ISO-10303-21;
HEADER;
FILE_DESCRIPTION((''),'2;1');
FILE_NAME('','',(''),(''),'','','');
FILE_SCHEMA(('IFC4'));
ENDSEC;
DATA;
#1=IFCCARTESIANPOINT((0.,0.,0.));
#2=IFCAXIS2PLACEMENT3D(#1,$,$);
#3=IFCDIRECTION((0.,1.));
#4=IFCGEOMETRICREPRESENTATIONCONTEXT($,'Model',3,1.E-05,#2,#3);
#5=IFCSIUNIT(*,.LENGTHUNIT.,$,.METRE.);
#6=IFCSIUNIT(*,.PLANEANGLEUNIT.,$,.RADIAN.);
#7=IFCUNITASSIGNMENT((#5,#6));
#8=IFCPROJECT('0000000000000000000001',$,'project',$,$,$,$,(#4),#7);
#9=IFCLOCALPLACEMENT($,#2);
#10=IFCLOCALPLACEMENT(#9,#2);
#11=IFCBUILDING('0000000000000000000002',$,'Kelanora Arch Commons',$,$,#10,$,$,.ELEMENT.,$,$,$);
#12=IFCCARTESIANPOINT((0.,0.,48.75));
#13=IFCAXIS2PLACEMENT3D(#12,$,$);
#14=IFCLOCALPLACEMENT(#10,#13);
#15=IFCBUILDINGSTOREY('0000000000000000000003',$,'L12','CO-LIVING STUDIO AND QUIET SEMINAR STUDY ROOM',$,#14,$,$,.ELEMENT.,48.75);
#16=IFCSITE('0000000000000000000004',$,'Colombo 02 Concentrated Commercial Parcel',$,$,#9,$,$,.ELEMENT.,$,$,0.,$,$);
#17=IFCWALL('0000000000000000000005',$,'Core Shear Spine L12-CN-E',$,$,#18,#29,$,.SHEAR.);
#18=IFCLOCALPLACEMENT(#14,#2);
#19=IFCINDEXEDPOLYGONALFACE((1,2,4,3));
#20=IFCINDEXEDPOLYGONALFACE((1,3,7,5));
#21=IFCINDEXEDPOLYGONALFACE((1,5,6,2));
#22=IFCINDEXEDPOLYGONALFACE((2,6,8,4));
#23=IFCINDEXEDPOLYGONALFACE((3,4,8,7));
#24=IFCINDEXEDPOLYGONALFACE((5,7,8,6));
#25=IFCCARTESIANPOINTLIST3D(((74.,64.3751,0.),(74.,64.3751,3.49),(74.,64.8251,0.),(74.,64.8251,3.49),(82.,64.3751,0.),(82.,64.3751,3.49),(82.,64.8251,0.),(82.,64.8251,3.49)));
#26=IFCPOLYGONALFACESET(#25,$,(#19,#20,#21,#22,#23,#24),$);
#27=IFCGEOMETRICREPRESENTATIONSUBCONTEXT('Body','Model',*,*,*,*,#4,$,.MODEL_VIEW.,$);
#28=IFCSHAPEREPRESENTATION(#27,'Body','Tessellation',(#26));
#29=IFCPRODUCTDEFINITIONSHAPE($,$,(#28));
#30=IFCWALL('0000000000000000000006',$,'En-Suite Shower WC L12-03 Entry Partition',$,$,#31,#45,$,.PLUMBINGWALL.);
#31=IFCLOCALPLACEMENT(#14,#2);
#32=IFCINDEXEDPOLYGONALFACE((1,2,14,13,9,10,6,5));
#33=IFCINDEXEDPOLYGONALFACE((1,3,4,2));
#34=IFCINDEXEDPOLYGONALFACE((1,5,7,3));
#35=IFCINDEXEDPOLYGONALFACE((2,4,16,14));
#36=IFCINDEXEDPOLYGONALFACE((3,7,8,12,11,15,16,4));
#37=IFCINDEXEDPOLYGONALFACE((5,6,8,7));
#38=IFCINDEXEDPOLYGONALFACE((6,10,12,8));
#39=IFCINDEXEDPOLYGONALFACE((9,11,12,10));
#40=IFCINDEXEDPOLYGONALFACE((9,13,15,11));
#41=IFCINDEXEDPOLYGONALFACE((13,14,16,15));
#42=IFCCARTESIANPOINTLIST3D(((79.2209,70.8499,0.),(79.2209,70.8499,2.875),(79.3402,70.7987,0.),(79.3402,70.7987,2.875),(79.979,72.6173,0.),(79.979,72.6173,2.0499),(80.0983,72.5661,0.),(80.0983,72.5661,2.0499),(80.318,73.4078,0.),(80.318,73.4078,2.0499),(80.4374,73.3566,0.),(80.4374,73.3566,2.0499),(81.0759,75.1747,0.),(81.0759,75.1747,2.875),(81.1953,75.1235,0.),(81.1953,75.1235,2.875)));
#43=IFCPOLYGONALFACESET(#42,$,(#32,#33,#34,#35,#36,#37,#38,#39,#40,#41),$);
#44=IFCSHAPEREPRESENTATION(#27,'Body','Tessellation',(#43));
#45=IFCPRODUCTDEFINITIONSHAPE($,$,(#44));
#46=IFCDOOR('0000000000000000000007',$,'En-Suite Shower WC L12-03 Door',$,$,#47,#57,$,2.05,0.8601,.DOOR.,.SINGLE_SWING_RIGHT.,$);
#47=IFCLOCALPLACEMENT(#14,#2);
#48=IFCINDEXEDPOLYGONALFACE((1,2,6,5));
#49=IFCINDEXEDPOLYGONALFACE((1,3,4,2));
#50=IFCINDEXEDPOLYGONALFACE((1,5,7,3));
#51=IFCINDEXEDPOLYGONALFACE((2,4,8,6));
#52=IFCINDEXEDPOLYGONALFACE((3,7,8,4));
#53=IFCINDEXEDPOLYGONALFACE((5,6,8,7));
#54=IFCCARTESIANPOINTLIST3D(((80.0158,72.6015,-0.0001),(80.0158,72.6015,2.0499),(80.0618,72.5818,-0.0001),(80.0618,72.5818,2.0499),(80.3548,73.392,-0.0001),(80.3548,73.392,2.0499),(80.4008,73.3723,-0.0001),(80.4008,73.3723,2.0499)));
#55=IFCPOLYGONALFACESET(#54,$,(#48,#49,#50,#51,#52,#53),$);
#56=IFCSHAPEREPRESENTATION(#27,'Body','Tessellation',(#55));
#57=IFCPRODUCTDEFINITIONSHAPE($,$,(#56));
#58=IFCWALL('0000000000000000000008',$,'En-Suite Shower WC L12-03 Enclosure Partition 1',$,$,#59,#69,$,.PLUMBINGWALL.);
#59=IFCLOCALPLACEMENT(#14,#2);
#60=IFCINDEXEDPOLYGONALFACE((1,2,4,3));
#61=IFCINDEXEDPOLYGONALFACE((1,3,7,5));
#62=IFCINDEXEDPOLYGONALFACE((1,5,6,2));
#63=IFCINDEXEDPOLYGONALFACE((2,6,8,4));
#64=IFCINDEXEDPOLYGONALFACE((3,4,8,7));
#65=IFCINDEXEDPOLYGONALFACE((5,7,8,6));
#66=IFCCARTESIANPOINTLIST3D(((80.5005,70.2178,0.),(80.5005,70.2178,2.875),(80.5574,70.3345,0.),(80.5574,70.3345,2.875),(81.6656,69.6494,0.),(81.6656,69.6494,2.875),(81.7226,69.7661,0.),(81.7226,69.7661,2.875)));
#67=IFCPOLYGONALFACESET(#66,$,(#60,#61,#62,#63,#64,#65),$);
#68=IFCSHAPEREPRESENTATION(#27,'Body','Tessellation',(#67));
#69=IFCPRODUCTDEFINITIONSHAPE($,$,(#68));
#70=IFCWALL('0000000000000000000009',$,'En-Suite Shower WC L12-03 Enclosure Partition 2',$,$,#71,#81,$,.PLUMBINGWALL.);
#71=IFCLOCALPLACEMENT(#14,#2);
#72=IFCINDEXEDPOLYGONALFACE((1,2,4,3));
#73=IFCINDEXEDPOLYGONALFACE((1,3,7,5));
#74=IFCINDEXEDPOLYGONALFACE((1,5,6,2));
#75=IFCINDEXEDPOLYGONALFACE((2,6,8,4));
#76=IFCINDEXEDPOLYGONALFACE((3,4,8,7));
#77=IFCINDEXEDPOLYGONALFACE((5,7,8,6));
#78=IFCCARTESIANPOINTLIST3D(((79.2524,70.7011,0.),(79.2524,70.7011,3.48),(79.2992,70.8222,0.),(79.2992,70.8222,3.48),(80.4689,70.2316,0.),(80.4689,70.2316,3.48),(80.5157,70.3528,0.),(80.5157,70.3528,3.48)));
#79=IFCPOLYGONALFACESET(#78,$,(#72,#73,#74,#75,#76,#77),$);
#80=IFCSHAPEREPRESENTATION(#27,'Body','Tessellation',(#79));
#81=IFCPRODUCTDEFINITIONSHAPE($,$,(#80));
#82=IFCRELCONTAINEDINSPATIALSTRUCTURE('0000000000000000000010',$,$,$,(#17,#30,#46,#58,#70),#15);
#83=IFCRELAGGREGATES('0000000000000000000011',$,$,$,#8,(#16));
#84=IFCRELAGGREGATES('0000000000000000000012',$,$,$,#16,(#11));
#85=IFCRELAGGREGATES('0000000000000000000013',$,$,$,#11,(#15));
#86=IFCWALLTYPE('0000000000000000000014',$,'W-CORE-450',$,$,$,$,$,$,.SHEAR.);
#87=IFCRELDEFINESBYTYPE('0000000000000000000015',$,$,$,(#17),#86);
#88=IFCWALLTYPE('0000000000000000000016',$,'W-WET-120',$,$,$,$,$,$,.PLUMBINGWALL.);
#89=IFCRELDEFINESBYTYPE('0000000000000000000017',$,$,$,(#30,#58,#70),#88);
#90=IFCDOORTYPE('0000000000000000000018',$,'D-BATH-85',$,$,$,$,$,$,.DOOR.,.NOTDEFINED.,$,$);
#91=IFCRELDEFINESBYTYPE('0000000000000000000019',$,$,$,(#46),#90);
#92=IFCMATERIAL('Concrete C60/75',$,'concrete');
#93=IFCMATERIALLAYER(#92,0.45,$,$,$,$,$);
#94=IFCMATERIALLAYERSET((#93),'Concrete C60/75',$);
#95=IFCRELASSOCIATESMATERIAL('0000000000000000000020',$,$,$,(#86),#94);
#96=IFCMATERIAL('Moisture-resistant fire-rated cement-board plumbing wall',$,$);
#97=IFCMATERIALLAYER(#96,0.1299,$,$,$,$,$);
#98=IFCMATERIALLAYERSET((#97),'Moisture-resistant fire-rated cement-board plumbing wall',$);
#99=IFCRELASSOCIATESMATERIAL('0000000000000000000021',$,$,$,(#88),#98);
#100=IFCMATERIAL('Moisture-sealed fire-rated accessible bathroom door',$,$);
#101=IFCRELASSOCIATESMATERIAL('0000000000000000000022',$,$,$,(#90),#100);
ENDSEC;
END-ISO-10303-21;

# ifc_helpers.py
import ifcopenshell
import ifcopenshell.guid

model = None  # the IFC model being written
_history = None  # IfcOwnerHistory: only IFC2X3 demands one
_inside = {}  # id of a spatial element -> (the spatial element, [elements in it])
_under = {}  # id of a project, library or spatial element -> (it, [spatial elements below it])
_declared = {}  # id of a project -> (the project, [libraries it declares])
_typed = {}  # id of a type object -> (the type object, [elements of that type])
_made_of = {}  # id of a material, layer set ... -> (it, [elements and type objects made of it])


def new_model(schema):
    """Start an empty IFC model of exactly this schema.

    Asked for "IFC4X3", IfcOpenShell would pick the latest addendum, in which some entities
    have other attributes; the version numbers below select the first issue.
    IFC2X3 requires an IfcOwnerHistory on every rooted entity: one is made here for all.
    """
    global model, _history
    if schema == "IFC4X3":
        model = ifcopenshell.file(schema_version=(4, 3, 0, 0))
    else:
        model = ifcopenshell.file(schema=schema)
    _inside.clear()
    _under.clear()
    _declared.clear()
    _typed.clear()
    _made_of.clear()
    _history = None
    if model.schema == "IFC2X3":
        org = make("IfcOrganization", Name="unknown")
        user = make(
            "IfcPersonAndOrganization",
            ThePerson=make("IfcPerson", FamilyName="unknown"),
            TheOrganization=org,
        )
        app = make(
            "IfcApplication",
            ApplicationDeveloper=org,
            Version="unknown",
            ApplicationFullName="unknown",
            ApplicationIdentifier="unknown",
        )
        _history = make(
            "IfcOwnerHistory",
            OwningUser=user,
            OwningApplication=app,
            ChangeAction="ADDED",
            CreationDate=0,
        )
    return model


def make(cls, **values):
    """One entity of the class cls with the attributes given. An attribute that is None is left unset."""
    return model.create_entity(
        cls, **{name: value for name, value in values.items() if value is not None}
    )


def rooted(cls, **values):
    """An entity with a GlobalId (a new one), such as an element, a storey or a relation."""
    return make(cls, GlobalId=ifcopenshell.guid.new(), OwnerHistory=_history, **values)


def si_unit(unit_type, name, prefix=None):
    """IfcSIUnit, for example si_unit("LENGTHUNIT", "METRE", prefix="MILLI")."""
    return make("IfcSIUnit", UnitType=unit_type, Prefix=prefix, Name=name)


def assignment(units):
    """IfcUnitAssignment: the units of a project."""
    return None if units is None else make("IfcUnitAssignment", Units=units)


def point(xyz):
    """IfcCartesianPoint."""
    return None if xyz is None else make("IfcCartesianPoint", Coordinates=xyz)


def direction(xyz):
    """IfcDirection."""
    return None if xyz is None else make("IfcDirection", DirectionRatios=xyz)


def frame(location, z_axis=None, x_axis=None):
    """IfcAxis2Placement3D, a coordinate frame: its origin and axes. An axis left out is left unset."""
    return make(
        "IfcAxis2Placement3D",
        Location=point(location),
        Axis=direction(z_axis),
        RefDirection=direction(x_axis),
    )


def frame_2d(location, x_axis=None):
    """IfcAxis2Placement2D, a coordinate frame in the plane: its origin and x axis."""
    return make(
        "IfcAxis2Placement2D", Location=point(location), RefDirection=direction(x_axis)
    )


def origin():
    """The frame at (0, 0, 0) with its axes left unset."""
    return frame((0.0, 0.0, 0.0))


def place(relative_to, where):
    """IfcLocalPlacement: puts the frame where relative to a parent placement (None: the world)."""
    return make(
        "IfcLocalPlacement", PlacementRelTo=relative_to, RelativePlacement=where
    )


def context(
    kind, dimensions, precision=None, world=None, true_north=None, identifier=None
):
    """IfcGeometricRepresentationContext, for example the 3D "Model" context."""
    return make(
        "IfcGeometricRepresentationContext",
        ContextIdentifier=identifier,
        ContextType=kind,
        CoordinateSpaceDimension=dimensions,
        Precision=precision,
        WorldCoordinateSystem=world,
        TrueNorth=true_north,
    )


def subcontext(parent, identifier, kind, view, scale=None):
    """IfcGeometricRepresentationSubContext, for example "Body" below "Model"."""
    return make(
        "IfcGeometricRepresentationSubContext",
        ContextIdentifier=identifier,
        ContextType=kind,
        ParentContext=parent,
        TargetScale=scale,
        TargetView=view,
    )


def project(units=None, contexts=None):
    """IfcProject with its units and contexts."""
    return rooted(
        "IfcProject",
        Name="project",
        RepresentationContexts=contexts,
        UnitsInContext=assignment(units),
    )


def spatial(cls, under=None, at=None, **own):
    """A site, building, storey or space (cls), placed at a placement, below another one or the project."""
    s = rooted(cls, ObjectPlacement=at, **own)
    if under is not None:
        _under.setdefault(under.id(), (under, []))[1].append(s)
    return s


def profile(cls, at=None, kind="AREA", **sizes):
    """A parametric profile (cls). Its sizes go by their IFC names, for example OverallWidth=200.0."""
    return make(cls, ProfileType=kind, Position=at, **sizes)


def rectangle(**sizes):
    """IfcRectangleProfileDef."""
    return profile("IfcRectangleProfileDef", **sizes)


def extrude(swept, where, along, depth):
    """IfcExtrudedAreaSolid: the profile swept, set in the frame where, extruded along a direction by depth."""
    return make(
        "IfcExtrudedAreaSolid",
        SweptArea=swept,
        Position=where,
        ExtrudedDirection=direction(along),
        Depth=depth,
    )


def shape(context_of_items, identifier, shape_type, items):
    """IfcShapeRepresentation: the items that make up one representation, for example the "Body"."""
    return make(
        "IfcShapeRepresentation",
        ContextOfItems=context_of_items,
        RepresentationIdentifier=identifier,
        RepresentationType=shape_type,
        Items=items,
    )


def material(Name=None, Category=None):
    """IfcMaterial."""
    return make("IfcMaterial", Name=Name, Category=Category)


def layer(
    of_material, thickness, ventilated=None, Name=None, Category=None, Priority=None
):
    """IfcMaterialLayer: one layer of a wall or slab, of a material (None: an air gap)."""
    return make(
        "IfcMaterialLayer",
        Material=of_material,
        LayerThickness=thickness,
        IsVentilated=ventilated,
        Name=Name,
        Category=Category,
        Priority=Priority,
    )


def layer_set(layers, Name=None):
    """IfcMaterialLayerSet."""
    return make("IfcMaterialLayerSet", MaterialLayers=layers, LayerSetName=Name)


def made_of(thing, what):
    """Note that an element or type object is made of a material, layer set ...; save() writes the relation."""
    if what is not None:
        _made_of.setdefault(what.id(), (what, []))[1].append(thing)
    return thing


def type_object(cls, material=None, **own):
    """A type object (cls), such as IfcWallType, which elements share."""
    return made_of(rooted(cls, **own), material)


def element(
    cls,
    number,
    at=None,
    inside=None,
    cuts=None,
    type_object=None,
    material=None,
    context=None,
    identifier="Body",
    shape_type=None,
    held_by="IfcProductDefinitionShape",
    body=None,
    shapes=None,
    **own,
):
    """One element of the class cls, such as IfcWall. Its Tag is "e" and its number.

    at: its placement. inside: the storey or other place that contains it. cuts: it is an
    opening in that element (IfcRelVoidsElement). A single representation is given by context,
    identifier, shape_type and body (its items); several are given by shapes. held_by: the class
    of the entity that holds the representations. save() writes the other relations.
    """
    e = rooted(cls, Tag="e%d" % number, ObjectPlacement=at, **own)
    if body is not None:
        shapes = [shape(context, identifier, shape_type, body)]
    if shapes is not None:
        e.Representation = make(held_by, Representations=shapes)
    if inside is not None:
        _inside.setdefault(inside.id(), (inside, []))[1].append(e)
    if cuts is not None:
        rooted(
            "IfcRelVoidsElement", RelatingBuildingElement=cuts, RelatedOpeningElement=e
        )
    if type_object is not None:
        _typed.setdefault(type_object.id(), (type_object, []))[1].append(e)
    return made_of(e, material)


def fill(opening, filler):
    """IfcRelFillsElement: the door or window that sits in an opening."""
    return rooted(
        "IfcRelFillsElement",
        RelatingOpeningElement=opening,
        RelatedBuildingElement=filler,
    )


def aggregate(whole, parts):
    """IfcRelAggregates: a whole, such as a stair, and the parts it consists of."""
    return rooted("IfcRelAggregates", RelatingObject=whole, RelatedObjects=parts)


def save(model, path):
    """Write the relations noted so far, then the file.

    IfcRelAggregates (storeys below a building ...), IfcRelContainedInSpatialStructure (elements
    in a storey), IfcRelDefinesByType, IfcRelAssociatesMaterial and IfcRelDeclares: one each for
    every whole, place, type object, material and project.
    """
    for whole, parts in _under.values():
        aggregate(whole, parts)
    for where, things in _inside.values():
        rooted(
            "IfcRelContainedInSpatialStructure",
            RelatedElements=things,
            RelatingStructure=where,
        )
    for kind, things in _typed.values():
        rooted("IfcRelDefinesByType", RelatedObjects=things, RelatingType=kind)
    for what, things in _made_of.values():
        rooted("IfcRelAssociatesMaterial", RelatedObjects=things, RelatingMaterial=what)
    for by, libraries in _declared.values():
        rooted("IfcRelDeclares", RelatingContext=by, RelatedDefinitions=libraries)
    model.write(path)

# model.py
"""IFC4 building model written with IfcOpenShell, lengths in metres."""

from ifc_helpers import new_model, si_unit, direction, frame, frame_2d, origin, place, context, subcontext, project, spatial, rectangle, extrude, material, layer, layer_set, type_object, element, fill, save


model = new_model("IFC4")

# Units and contexts
model_context = context("Model", 3, precision=1e-05, world=origin(), true_north=direction((0.0, 1.0)))
body_context = subcontext(model_context, "Body", "Model", "MODEL_VIEW")
ifc_project = project(units=[si_unit("LENGTHUNIT", "METRE"), si_unit("PLANEANGLEUNIT", "RADIAN")], contexts=[model_context])

# Site, building, storey
site_placement = place(None, origin())
site = spatial("IfcSite", under=ifc_project, at=site_placement, Name="Colombo 02 Concentrated Commercial Parcel", CompositionType="ELEMENT", RefElevation=0.0)
building_placement = place(site_placement, origin())
building = spatial("IfcBuilding", under=site, at=building_placement, Name="Kelanora Arch Commons", CompositionType="ELEMENT")
storey_placement = place(building_placement, frame((0.0, 0.0, 48.75)))
storey = spatial("IfcBuildingStorey", under=building, at=storey_placement, Name="L12", Description="CO-LIVING STUDIO AND QUIET SEMINAR STUDY ROOM", CompositionType="ELEMENT", Elevation=48.75)

# Shared definitions
ifc_material_1 = material(Name="Concrete C60/75", Category="concrete")

# Wall
ifc_layer_1 = layer(ifc_material_1, 0.45)
ifc_layer_set_1 = layer_set([ifc_layer_1], Name="Concrete C60/75")
wall_type_1 = type_object("IfcWallType", Name="W-CORE-450", PredefinedType="SHEAR", material=ifc_layer_set_1)
wall_1_placement = place(storey_placement, frame((74.0, 64.6001, 0.0), z_axis=(0.0, 0.0, 1.0), x_axis=(1.0, 0.0, 0.0)))
element("IfcWall", 1, at=wall_1_placement, inside=storey, type_object=wall_type_1, Name="Core Shear Spine L12-CN-E", PredefinedType="SHEAR", context=body_context, shape_type="SweptSolid", body=[
    extrude(rectangle(XDim=8.0, YDim=0.45, at=frame_2d((4.0, 0.0))), origin(), (0.0, 0.0, 1.0), 3.49),
])

# Wall, opening, door
ifc_material_2 = material(Name="Moisture-resistant fire-rated cement-board plumbing wall")
ifc_layer_2 = layer(ifc_material_2, 0.1299)
ifc_layer_set_2 = layer_set([ifc_layer_2], Name="Moisture-resistant fire-rated cement-board plumbing wall")
wall_type_2 = type_object("IfcWallType", Name="W-WET-120", PredefinedType="PLUMBINGWALL", material=ifc_layer_set_2)
wall_2_placement = place(storey_placement, frame((79.2805, 70.8242, 0.0), z_axis=(0.0, 0.0, 1.0), x_axis=(0.394195, 0.919027, 0.0)))
wall_2 = element("IfcWall", 2, at=wall_2_placement, inside=storey, type_object=wall_type_2, Name="En-Suite Shower WC L12-03 Entry Partition", PredefinedType="PLUMBINGWALL", context=body_context, shape_type="SweptSolid", body=[
    extrude(rectangle(XDim=4.7058, YDim=0.1299, at=frame_2d((2.353, 0.0))), origin(), (0.0, 0.0, 1.0), 2.875),
])
opening_1_placement = place(wall_2_placement, frame((1.9231, 0.0, 0.0)))
opening_1 = element("IfcOpeningElement", 3, at=opening_1_placement, cuts=wall_2, PredefinedType="OPENING", context=body_context, shape_type="SweptSolid", body=[
    extrude(rectangle(XDim=0.8601, YDim=2.05, at=frame_2d((0.4302, 1.0249))), frame((0.0, 0.075, 0.0), z_axis=(0.0, -1.0, 0.0), x_axis=(1.0, 0.0, 0.0)), (0.0, 0.0, 1.0), 0.1499),
])
ifc_material_3 = material(Name="Moisture-sealed fire-rated accessible bathroom door")
door_type_1 = type_object("IfcDoorType", Name="D-BATH-85", OperationType="NOTDEFINED", PredefinedType="DOOR", material=ifc_material_3)
door_1_placement = place(opening_1_placement, origin())
door_1 = element("IfcDoor", 4, at=door_1_placement, inside=storey, type_object=door_type_1, Name="En-Suite Shower WC L12-03 Door", OperationType="SINGLE_SWING_RIGHT", OverallHeight=2.05, OverallWidth=0.8601, PredefinedType="DOOR", context=body_context, shape_type="SweptSolid", body=[
    extrude(rectangle(XDim=0.8601, YDim=2.05, at=frame_2d((0.4302, 1.0249))), frame((0.0, 0.0249, 0.0), z_axis=(0.0, -1.0, 0.0), x_axis=(1.0, 0.0, 0.0)), (0.0, 0.0, 1.0), 0.05),
])
fill(opening_1, door_1)

# Walls
wall_3_placement = place(storey_placement, frame((81.6941, 69.7078, 0.0), z_axis=(0.0, 0.0, 1.0), x_axis=(-0.898754, 0.438453, 0.0)))
element("IfcWall", 5, at=wall_3_placement, inside=storey, type_object=wall_type_2, Name="En-Suite Shower WC L12-03 Enclosure Partition 1", PredefinedType="PLUMBINGWALL", context=body_context, shape_type="SweptSolid", body=[
    extrude(rectangle(XDim=1.2964, YDim=0.1299, at=frame_2d((0.6482, 0.0))), origin(), (0.0, 0.0, 1.0), 2.875),
])
wall_4_placement = place(storey_placement, frame((80.4922, 70.2922, 0.0), z_axis=(0.0, 0.0, 1.0), x_axis=(-0.93294, 0.360033, 0.0)))
element("IfcWall", 6, at=wall_4_placement, inside=storey, type_object=wall_type_2, Name="En-Suite Shower WC L12-03 Enclosure Partition 2", PredefinedType="PLUMBINGWALL", context=body_context, shape_type="SweptSolid", body=[
    extrude(rectangle(XDim=1.304, YDim=0.1299, at=frame_2d((0.6519, 0.0))), origin(), (0.0, 0.0, 1.0), 3.48),
])

save(model, "model.ifc")
